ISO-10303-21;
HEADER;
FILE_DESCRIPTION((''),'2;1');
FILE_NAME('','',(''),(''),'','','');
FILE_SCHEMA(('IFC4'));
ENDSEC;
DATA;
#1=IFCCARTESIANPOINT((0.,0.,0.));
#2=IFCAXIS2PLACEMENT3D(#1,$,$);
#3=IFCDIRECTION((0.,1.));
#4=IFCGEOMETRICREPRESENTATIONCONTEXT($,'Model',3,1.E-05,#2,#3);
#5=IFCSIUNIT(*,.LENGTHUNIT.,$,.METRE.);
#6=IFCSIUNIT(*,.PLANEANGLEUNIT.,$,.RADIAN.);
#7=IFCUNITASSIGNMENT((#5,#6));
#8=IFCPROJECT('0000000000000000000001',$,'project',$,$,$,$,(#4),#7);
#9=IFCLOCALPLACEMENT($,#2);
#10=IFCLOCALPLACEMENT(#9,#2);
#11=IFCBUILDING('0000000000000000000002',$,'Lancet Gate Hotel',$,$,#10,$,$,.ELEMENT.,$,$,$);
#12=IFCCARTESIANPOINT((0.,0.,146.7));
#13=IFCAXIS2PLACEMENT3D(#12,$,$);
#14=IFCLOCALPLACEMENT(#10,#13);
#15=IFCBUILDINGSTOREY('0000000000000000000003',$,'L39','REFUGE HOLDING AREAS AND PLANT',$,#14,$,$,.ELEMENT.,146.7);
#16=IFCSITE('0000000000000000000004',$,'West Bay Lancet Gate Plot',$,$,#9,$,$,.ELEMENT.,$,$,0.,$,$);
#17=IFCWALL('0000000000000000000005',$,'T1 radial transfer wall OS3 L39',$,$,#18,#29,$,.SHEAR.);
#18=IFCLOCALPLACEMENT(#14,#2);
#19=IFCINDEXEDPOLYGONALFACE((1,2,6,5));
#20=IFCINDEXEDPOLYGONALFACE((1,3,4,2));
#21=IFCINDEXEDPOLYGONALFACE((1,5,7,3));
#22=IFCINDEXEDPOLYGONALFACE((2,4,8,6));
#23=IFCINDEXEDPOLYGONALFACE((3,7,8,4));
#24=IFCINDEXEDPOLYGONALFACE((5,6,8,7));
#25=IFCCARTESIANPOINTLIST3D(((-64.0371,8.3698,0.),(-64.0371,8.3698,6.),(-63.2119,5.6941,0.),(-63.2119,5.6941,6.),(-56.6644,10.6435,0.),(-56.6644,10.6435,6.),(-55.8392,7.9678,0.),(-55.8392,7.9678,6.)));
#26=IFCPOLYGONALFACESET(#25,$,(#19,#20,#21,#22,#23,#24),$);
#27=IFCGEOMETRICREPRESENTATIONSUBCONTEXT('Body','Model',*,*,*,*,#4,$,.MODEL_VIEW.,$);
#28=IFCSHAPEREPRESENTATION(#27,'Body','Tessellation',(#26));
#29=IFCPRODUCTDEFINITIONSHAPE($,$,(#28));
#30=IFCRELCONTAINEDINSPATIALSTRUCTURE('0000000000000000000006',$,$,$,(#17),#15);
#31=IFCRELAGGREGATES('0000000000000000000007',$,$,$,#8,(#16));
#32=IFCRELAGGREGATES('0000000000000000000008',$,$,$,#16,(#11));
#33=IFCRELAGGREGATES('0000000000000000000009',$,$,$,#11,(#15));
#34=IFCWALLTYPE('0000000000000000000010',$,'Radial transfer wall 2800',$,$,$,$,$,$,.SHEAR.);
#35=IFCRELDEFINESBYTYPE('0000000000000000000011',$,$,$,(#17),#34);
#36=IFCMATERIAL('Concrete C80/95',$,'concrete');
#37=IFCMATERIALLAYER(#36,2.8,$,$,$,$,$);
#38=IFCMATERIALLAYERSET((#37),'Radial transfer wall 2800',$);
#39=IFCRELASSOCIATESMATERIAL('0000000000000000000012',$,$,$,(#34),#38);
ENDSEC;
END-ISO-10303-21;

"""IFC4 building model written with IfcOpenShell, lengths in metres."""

from ifc_helpers import new_model, si_unit, direction, frame, frame_2d, origin, place, context, subcontext, project, spatial, rectangle, extrude, material, layer, layer_set, type_object, element, save


model = new_model("IFC4")

# Units and contexts
model_context = context("Model", 3, precision=1e-05, world=origin(), true_north=direction((0.0, 1.0)))
body_context = subcontext(model_context, "Body", "Model", "MODEL_VIEW")
ifc_project = project(units=[si_unit("LENGTHUNIT", "METRE"), si_unit("PLANEANGLEUNIT", "RADIAN")], contexts=[model_context])

# Site, building, storey
site_placement = place(None, origin())
site = spatial("IfcSite", under=ifc_project, at=site_placement, Name="West Bay Lancet Gate Plot", CompositionType="ELEMENT", RefElevation=0.0)
building_placement = place(site_placement, origin())
building = spatial("IfcBuilding", under=site, at=building_placement, Name="Lancet Gate Hotel", CompositionType="ELEMENT")
storey_placement = place(building_placement, frame((0.0, 0.0, 146.7)))
storey = spatial("IfcBuildingStorey", under=building, at=storey_placement, Name="L39", Description="REFUGE HOLDING AREAS AND PLANT", CompositionType="ELEMENT", Elevation=146.7)

# Wall
ifc_material_1 = material(Name="Concrete C80/95", Category="concrete")
ifc_layer_1 = layer(ifc_material_1, 2.8)
ifc_layer_set_1 = layer_set([ifc_layer_1], Name="Radial transfer wall 2800")
wall_type_1 = type_object("IfcWallType", Name="Radial transfer wall 2800", PredefinedType="SHEAR", material=ifc_layer_set_1)
wall_1_placement = place(storey_placement, frame((-63.6245, 7.032, 0.0), z_axis=(0.0, 0.0, 1.0), x_axis=(0.955592, 0.294693, 0.0)))
element("IfcWall", 1, at=wall_1_placement, inside=storey, type_object=wall_type_1, Name="T1 radial transfer wall OS3 L39", PredefinedType="SHEAR", context=body_context, shape_type="SweptSolid", body=[
    extrude(rectangle(XDim=7.7153, YDim=2.8, at=frame_2d((3.8577, 0.0))), origin(), (0.0, 0.0, 1.0), 6.0),
])

save(model, "model.ifc")
